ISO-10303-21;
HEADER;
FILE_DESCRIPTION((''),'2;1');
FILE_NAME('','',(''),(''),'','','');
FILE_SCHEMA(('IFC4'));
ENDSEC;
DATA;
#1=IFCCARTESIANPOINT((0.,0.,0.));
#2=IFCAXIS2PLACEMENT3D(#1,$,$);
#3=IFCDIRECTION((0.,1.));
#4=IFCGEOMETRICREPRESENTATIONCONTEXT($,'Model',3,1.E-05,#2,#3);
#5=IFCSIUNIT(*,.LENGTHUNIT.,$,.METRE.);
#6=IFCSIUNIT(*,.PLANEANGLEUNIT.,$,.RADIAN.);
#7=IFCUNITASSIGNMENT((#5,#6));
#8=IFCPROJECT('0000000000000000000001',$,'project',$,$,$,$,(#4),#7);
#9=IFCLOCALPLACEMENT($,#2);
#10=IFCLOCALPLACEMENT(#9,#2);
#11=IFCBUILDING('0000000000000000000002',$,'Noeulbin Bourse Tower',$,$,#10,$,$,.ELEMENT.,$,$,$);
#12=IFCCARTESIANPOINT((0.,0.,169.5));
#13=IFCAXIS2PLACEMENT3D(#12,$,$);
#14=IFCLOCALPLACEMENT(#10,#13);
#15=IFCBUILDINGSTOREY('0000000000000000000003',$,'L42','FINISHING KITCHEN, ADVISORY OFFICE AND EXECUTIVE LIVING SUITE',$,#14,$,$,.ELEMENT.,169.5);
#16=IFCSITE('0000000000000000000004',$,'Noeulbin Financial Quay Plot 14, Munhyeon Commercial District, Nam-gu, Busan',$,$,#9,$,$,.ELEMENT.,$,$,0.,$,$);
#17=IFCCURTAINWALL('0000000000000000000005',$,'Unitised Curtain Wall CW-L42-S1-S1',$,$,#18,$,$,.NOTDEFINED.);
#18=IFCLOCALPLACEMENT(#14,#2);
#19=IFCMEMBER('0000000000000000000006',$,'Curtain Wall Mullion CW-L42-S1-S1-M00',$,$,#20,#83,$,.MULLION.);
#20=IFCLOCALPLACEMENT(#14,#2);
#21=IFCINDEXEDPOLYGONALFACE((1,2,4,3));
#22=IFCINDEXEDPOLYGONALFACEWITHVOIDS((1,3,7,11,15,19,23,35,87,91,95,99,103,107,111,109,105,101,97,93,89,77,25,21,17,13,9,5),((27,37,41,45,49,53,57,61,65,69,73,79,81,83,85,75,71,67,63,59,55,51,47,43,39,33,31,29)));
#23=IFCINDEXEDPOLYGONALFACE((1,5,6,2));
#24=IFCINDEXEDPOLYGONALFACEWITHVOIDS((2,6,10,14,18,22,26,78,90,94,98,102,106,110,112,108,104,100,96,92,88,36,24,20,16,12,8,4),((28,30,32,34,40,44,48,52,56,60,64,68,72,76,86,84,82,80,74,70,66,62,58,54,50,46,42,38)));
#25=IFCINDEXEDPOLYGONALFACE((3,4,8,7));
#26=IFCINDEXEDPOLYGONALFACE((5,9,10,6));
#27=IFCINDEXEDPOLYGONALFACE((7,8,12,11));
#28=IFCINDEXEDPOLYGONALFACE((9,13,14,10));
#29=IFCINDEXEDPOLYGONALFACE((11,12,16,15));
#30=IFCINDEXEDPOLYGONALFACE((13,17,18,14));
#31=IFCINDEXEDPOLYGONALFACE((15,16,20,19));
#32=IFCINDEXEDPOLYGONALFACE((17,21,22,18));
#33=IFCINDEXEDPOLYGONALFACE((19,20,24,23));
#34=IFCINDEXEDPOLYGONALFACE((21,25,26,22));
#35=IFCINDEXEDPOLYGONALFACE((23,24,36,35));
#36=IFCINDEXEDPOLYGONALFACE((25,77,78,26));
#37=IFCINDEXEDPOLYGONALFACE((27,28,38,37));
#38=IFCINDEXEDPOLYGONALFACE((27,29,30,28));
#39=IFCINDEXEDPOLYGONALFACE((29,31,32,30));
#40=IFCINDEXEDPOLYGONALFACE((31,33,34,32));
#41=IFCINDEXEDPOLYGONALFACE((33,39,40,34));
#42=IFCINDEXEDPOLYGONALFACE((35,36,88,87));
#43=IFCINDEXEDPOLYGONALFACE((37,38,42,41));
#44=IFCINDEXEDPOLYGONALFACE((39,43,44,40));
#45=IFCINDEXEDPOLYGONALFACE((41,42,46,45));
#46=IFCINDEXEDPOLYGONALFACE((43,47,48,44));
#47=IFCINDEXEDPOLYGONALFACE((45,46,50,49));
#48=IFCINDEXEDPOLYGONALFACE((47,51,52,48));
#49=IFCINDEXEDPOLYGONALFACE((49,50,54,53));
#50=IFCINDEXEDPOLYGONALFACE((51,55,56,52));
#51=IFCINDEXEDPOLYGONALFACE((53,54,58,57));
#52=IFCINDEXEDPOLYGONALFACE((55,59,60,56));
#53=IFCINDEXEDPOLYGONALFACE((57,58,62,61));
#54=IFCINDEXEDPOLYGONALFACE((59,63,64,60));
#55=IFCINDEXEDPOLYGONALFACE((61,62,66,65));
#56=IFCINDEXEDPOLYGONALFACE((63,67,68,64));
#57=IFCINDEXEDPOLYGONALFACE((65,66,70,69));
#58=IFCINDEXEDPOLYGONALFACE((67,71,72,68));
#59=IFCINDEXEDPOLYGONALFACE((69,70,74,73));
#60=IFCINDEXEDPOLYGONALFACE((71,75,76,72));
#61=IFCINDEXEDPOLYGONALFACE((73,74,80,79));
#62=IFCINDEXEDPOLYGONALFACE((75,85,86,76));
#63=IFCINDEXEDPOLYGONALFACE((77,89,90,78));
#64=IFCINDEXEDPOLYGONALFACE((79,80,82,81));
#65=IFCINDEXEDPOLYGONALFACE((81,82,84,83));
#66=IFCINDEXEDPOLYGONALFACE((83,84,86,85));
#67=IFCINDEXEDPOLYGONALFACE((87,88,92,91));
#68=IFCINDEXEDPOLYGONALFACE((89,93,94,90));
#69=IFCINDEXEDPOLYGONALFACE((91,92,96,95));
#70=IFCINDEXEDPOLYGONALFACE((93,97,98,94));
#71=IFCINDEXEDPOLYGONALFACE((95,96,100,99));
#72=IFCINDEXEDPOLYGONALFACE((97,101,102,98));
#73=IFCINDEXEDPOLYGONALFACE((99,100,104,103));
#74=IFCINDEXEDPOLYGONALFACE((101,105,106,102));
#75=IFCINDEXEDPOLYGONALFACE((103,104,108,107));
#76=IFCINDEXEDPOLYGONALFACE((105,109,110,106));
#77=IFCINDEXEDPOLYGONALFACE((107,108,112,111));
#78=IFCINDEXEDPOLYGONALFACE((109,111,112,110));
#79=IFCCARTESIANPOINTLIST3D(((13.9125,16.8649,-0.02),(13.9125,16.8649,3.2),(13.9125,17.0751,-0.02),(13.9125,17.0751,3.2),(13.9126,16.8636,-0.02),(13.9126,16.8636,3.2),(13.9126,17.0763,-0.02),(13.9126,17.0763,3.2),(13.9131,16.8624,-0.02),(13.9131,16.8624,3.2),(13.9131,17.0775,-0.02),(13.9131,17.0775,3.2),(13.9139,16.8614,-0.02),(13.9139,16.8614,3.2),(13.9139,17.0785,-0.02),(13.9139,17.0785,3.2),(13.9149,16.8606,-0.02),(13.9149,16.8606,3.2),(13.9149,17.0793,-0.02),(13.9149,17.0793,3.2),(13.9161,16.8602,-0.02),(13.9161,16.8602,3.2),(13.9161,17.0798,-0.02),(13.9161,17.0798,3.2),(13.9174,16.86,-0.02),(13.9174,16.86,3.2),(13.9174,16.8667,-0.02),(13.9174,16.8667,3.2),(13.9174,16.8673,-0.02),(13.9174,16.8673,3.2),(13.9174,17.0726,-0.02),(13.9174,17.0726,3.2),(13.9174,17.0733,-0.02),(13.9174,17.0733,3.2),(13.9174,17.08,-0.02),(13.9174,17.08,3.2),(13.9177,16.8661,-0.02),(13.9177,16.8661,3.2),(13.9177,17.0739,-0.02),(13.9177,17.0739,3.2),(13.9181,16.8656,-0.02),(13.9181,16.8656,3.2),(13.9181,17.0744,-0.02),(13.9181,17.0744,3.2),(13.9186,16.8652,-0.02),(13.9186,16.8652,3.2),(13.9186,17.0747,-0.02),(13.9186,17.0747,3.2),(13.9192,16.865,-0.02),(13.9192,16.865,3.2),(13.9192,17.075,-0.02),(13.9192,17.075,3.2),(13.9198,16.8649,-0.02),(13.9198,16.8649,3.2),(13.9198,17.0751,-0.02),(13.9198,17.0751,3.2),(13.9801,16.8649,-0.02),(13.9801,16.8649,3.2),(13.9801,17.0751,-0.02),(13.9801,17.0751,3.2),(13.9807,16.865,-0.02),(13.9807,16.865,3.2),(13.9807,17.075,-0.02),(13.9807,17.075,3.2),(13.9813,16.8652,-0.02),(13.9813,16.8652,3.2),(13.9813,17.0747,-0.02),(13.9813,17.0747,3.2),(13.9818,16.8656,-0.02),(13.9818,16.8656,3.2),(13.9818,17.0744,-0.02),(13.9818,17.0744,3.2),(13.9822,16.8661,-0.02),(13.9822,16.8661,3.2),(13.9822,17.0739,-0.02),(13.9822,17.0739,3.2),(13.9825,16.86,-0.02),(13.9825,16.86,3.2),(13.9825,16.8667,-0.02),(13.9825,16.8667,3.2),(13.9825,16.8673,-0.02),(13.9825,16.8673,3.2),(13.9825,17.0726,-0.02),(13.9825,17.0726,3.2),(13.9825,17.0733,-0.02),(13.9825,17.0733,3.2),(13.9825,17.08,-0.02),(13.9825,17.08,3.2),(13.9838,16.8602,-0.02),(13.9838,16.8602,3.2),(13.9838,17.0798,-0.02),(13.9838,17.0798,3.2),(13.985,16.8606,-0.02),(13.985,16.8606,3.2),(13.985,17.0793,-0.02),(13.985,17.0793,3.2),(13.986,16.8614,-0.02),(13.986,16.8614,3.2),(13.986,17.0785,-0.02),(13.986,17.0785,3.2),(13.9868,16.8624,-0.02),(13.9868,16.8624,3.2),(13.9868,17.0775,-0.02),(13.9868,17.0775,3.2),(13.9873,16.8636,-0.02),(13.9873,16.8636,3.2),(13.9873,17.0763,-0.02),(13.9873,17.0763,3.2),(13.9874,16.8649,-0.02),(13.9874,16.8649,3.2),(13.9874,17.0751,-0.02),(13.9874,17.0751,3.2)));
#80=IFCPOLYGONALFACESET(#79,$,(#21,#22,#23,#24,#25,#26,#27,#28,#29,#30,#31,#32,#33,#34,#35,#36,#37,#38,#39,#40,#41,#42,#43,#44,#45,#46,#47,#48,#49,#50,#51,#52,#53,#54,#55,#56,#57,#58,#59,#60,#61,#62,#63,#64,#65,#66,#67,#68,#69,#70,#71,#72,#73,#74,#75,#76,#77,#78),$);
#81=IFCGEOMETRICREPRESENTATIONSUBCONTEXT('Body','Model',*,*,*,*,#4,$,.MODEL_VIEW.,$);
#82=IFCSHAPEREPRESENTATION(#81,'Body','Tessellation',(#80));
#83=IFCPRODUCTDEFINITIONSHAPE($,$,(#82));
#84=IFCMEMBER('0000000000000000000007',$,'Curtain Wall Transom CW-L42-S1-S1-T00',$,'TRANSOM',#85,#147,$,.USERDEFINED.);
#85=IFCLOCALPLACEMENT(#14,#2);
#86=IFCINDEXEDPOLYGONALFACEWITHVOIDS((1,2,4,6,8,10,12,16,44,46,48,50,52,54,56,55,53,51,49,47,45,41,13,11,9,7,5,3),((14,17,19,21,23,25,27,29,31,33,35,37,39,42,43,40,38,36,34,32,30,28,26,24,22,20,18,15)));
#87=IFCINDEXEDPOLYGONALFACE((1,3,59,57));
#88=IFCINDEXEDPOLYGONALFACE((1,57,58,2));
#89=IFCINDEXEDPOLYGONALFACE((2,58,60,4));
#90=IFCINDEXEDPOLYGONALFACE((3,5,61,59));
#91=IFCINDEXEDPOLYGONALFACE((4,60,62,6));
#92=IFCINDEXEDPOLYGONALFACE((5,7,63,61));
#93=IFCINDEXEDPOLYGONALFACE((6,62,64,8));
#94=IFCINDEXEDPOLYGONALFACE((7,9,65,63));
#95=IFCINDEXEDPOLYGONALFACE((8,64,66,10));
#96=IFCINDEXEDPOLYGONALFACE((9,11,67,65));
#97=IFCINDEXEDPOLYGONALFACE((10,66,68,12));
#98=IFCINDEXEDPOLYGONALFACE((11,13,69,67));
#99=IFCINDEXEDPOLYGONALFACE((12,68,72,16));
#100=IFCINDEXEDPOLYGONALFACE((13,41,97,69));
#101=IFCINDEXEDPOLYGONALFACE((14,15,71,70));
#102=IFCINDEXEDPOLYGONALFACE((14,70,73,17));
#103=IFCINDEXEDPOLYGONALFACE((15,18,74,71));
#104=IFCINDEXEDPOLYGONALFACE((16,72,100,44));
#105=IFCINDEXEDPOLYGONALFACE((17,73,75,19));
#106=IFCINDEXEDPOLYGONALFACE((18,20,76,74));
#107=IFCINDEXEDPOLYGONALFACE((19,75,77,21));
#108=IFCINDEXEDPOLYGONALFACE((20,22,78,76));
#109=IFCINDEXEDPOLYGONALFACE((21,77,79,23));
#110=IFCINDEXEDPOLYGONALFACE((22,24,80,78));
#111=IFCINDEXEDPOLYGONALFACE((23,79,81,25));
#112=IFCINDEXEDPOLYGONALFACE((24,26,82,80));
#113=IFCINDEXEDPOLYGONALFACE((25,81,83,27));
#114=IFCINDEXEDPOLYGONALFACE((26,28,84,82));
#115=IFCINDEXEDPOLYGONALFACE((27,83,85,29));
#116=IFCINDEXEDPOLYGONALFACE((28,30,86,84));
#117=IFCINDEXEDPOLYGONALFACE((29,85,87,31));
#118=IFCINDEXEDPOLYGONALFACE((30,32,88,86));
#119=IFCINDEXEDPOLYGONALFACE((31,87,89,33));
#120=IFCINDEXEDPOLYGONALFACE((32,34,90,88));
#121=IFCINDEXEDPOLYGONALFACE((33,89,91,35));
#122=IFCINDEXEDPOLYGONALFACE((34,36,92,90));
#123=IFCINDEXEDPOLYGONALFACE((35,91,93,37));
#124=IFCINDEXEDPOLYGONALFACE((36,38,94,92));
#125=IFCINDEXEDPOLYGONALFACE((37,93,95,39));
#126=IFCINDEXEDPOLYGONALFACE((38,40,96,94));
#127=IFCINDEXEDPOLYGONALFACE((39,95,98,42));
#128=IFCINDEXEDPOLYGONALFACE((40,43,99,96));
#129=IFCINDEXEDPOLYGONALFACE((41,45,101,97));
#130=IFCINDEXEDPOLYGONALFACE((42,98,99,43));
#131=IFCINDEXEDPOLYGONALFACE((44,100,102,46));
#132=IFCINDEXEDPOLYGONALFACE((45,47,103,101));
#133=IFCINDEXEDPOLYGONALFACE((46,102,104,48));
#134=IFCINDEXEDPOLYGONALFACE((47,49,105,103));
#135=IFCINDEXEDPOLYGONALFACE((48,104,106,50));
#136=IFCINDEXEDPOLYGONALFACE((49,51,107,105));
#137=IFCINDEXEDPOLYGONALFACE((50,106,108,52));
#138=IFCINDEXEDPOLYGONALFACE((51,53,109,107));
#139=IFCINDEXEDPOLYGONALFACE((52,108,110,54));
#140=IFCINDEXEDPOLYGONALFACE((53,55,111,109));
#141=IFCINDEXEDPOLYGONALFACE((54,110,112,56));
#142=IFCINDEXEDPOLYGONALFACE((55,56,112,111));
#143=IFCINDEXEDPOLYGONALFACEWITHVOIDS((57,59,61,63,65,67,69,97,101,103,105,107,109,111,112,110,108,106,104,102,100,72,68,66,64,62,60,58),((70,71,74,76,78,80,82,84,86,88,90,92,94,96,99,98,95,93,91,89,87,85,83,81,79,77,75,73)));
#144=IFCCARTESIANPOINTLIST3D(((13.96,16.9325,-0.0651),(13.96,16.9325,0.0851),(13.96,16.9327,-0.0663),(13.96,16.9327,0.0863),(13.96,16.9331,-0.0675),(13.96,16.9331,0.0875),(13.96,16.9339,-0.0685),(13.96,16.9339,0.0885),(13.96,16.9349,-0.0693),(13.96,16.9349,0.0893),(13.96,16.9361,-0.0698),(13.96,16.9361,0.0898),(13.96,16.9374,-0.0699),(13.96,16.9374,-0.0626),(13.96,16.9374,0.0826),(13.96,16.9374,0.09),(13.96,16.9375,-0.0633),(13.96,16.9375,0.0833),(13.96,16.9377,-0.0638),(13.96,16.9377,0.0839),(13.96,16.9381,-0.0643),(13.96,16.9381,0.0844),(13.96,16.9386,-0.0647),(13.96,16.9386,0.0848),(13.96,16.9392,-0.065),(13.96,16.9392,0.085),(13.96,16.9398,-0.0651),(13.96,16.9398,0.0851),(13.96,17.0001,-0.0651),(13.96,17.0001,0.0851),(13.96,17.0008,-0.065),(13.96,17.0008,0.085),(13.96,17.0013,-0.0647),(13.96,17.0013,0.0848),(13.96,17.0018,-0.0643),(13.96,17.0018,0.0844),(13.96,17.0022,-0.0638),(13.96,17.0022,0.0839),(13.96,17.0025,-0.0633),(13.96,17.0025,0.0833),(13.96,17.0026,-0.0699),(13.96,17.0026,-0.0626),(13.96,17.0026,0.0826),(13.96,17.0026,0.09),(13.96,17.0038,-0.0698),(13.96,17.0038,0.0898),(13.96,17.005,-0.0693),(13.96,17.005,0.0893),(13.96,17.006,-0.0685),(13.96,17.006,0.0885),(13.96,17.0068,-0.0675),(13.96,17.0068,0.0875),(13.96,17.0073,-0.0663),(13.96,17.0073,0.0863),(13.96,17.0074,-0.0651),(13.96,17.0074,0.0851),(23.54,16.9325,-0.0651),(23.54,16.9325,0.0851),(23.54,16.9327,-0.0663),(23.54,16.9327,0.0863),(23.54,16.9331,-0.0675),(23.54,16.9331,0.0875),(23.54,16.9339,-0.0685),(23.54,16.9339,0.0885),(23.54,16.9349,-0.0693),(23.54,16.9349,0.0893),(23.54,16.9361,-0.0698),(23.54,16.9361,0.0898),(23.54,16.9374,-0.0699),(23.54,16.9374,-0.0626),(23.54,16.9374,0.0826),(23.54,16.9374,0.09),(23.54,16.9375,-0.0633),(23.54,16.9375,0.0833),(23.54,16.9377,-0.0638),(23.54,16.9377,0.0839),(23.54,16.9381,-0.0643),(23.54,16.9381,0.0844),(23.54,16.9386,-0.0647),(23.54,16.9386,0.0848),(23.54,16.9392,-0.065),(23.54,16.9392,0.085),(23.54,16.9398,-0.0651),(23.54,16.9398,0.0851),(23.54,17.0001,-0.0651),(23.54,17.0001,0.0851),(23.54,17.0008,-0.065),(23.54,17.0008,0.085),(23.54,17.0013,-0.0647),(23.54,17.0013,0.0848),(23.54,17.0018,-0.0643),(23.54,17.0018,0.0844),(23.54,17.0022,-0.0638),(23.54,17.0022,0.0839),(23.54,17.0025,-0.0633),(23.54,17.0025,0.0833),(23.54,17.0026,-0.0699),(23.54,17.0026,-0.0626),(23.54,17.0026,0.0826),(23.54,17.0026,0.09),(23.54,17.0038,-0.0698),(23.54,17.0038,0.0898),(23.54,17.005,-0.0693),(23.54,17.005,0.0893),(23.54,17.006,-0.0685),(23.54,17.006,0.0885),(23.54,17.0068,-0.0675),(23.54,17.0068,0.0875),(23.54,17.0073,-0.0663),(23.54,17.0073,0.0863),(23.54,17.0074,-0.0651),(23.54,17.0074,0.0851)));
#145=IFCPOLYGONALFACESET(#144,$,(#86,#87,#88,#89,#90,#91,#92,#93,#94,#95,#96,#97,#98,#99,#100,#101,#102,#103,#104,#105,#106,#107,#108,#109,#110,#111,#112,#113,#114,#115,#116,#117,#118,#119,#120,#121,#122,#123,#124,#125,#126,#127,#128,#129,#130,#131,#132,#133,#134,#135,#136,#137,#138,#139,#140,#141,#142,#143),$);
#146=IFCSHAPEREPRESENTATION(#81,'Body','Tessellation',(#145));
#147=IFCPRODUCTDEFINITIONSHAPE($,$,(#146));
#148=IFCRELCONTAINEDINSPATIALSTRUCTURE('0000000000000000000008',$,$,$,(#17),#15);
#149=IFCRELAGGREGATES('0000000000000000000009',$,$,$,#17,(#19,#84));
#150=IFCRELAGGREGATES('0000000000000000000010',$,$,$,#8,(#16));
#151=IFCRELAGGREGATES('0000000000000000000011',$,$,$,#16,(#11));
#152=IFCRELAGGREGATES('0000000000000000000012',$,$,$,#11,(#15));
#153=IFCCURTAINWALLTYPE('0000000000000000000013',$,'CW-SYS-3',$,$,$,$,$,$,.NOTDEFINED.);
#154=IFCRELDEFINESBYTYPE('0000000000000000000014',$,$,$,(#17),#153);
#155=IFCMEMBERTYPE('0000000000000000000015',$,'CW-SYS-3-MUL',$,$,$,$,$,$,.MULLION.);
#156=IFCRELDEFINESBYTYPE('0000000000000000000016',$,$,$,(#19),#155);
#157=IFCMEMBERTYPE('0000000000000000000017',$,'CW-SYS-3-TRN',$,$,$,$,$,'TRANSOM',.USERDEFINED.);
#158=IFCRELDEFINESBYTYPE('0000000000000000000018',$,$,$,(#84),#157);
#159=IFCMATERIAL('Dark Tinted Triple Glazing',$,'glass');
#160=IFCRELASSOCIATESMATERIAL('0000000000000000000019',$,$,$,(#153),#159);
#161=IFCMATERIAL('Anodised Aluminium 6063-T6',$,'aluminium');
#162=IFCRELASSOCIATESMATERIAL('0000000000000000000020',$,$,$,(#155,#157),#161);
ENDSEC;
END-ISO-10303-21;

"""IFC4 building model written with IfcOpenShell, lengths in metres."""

from ifc_helpers import new_model, si_unit, direction, frame, origin, origin_2d, place, context, subcontext, project, spatial, hollow_rectangle, extrude, material, material_profile, profile_set, type_object, element, aggregate, save


model = new_model("IFC4")

# Units and contexts
model_context = context("Model", 3, precision=1e-05, world=origin(), true_north=direction((0.0, 1.0)))
body_context = subcontext(model_context, "Body", "Model", "MODEL_VIEW")
ifc_project = project(units=[si_unit("LENGTHUNIT", "METRE"), si_unit("PLANEANGLEUNIT", "RADIAN")], contexts=[model_context])

# Site, building, storey
site_placement = place(None, origin())
site = spatial("IfcSite", under=ifc_project, at=site_placement, Name="Noeulbin Financial Quay Plot 14, Munhyeon Commercial District, Nam-gu, Busan", CompositionType="ELEMENT", RefElevation=0.0)
building_placement = place(site_placement, origin())
building = spatial("IfcBuilding", under=site, at=building_placement, Name="Noeulbin Bourse Tower", CompositionType="ELEMENT")
storey_placement = place(building_placement, frame((0.0, 0.0, 169.5)))
storey = spatial("IfcBuildingStorey", under=building, at=storey_placement, Name="L42", Description="FINISHING KITCHEN, ADVISORY OFFICE AND EXECUTIVE LIVING SUITE", CompositionType="ELEMENT", Elevation=169.5)

# Curtain wall, members
ifc_material_1 = material(Name="Dark Tinted Triple Glazing", Category="glass")
curtain_wall_type = type_object("IfcCurtainWallType", Name="CW-SYS-3", PredefinedType="NOTDEFINED", material=ifc_material_1)
curtain_wall_placement = place(storey_placement, origin())
curtain_wall = element("IfcCurtainWall", 1, at=curtain_wall_placement, inside=storey, type_object=curtain_wall_type, Name="Unitised Curtain Wall CW-L42-S1-S1", PredefinedType="NOTDEFINED")
ifc_material_2 = material(Name="Anodised Aluminium 6063-T6", Category="aluminium")
ifc_material_profile_1 = material_profile(ifc_material_2, hollow_rectangle(XDim=0.075, YDim=0.22, WallThickness=0.0049, InnerFilletRadius=0.0024, OuterFilletRadius=0.0049, at=origin_2d()), Name="ALU-MULL-75x220x5", Category="LoadBearing")
ifc_profile_set_1 = profile_set([ifc_material_profile_1], Name="Anodised Aluminium 6063-T6")
member_type_1 = type_object("IfcMemberType", Name="CW-SYS-3-MUL", PredefinedType="MULLION", material=ifc_profile_set_1)
member_1_placement = place(storey_placement, frame((13.95, 16.97, -0.02), z_axis=(0.0, 0.0, 1.0), x_axis=(1.0, 0.0, 0.0)))
member_1 = element("IfcMember", 2, at=member_1_placement, type_object=member_type_1, Name="Curtain Wall Mullion CW-L42-S1-S1-M00", PredefinedType="MULLION", context=body_context, shape_type="SweptSolid", body=[
    extrude(hollow_rectangle(XDim=0.075, YDim=0.22, WallThickness=0.0049, InnerFilletRadius=0.0024, OuterFilletRadius=0.0049, at=origin_2d()), origin(), (0.0, 0.0, 1.0), 3.22),
])
ifc_material_profile_2 = material_profile(ifc_material_2, hollow_rectangle(XDim=0.075, YDim=0.1599, WallThickness=0.0049, InnerFilletRadius=0.0024, OuterFilletRadius=0.0049, at=origin_2d()), Name="ALU-TRAN-75x160x5", Category="LoadBearing")
ifc_profile_set_2 = profile_set([ifc_material_profile_2], Name="Anodised Aluminium 6063-T6")
member_type_2 = type_object("IfcMemberType", Name="CW-SYS-3-TRN", ElementType="TRANSOM", PredefinedType="USERDEFINED", material=ifc_profile_set_2)
member_2_placement = place(storey_placement, frame((13.96, 16.97, 0.01), z_axis=(1.0, 0.0, 0.0), x_axis=(0.0, 1.0, 0.0)))
member_2 = element("IfcMember", 3, at=member_2_placement, type_object=member_type_2, Name="Curtain Wall Transom CW-L42-S1-S1-T00", ObjectType="TRANSOM", PredefinedType="USERDEFINED", context=body_context, shape_type="SweptSolid", body=[
    extrude(hollow_rectangle(XDim=0.075, YDim=0.1599, WallThickness=0.0049, InnerFilletRadius=0.0024, OuterFilletRadius=0.0049, at=origin_2d()), origin(), (0.0, 0.0, 1.0), 9.5801),
])
aggregate(curtain_wall, [member_1, member_2])

save(model, "model.ifc")
